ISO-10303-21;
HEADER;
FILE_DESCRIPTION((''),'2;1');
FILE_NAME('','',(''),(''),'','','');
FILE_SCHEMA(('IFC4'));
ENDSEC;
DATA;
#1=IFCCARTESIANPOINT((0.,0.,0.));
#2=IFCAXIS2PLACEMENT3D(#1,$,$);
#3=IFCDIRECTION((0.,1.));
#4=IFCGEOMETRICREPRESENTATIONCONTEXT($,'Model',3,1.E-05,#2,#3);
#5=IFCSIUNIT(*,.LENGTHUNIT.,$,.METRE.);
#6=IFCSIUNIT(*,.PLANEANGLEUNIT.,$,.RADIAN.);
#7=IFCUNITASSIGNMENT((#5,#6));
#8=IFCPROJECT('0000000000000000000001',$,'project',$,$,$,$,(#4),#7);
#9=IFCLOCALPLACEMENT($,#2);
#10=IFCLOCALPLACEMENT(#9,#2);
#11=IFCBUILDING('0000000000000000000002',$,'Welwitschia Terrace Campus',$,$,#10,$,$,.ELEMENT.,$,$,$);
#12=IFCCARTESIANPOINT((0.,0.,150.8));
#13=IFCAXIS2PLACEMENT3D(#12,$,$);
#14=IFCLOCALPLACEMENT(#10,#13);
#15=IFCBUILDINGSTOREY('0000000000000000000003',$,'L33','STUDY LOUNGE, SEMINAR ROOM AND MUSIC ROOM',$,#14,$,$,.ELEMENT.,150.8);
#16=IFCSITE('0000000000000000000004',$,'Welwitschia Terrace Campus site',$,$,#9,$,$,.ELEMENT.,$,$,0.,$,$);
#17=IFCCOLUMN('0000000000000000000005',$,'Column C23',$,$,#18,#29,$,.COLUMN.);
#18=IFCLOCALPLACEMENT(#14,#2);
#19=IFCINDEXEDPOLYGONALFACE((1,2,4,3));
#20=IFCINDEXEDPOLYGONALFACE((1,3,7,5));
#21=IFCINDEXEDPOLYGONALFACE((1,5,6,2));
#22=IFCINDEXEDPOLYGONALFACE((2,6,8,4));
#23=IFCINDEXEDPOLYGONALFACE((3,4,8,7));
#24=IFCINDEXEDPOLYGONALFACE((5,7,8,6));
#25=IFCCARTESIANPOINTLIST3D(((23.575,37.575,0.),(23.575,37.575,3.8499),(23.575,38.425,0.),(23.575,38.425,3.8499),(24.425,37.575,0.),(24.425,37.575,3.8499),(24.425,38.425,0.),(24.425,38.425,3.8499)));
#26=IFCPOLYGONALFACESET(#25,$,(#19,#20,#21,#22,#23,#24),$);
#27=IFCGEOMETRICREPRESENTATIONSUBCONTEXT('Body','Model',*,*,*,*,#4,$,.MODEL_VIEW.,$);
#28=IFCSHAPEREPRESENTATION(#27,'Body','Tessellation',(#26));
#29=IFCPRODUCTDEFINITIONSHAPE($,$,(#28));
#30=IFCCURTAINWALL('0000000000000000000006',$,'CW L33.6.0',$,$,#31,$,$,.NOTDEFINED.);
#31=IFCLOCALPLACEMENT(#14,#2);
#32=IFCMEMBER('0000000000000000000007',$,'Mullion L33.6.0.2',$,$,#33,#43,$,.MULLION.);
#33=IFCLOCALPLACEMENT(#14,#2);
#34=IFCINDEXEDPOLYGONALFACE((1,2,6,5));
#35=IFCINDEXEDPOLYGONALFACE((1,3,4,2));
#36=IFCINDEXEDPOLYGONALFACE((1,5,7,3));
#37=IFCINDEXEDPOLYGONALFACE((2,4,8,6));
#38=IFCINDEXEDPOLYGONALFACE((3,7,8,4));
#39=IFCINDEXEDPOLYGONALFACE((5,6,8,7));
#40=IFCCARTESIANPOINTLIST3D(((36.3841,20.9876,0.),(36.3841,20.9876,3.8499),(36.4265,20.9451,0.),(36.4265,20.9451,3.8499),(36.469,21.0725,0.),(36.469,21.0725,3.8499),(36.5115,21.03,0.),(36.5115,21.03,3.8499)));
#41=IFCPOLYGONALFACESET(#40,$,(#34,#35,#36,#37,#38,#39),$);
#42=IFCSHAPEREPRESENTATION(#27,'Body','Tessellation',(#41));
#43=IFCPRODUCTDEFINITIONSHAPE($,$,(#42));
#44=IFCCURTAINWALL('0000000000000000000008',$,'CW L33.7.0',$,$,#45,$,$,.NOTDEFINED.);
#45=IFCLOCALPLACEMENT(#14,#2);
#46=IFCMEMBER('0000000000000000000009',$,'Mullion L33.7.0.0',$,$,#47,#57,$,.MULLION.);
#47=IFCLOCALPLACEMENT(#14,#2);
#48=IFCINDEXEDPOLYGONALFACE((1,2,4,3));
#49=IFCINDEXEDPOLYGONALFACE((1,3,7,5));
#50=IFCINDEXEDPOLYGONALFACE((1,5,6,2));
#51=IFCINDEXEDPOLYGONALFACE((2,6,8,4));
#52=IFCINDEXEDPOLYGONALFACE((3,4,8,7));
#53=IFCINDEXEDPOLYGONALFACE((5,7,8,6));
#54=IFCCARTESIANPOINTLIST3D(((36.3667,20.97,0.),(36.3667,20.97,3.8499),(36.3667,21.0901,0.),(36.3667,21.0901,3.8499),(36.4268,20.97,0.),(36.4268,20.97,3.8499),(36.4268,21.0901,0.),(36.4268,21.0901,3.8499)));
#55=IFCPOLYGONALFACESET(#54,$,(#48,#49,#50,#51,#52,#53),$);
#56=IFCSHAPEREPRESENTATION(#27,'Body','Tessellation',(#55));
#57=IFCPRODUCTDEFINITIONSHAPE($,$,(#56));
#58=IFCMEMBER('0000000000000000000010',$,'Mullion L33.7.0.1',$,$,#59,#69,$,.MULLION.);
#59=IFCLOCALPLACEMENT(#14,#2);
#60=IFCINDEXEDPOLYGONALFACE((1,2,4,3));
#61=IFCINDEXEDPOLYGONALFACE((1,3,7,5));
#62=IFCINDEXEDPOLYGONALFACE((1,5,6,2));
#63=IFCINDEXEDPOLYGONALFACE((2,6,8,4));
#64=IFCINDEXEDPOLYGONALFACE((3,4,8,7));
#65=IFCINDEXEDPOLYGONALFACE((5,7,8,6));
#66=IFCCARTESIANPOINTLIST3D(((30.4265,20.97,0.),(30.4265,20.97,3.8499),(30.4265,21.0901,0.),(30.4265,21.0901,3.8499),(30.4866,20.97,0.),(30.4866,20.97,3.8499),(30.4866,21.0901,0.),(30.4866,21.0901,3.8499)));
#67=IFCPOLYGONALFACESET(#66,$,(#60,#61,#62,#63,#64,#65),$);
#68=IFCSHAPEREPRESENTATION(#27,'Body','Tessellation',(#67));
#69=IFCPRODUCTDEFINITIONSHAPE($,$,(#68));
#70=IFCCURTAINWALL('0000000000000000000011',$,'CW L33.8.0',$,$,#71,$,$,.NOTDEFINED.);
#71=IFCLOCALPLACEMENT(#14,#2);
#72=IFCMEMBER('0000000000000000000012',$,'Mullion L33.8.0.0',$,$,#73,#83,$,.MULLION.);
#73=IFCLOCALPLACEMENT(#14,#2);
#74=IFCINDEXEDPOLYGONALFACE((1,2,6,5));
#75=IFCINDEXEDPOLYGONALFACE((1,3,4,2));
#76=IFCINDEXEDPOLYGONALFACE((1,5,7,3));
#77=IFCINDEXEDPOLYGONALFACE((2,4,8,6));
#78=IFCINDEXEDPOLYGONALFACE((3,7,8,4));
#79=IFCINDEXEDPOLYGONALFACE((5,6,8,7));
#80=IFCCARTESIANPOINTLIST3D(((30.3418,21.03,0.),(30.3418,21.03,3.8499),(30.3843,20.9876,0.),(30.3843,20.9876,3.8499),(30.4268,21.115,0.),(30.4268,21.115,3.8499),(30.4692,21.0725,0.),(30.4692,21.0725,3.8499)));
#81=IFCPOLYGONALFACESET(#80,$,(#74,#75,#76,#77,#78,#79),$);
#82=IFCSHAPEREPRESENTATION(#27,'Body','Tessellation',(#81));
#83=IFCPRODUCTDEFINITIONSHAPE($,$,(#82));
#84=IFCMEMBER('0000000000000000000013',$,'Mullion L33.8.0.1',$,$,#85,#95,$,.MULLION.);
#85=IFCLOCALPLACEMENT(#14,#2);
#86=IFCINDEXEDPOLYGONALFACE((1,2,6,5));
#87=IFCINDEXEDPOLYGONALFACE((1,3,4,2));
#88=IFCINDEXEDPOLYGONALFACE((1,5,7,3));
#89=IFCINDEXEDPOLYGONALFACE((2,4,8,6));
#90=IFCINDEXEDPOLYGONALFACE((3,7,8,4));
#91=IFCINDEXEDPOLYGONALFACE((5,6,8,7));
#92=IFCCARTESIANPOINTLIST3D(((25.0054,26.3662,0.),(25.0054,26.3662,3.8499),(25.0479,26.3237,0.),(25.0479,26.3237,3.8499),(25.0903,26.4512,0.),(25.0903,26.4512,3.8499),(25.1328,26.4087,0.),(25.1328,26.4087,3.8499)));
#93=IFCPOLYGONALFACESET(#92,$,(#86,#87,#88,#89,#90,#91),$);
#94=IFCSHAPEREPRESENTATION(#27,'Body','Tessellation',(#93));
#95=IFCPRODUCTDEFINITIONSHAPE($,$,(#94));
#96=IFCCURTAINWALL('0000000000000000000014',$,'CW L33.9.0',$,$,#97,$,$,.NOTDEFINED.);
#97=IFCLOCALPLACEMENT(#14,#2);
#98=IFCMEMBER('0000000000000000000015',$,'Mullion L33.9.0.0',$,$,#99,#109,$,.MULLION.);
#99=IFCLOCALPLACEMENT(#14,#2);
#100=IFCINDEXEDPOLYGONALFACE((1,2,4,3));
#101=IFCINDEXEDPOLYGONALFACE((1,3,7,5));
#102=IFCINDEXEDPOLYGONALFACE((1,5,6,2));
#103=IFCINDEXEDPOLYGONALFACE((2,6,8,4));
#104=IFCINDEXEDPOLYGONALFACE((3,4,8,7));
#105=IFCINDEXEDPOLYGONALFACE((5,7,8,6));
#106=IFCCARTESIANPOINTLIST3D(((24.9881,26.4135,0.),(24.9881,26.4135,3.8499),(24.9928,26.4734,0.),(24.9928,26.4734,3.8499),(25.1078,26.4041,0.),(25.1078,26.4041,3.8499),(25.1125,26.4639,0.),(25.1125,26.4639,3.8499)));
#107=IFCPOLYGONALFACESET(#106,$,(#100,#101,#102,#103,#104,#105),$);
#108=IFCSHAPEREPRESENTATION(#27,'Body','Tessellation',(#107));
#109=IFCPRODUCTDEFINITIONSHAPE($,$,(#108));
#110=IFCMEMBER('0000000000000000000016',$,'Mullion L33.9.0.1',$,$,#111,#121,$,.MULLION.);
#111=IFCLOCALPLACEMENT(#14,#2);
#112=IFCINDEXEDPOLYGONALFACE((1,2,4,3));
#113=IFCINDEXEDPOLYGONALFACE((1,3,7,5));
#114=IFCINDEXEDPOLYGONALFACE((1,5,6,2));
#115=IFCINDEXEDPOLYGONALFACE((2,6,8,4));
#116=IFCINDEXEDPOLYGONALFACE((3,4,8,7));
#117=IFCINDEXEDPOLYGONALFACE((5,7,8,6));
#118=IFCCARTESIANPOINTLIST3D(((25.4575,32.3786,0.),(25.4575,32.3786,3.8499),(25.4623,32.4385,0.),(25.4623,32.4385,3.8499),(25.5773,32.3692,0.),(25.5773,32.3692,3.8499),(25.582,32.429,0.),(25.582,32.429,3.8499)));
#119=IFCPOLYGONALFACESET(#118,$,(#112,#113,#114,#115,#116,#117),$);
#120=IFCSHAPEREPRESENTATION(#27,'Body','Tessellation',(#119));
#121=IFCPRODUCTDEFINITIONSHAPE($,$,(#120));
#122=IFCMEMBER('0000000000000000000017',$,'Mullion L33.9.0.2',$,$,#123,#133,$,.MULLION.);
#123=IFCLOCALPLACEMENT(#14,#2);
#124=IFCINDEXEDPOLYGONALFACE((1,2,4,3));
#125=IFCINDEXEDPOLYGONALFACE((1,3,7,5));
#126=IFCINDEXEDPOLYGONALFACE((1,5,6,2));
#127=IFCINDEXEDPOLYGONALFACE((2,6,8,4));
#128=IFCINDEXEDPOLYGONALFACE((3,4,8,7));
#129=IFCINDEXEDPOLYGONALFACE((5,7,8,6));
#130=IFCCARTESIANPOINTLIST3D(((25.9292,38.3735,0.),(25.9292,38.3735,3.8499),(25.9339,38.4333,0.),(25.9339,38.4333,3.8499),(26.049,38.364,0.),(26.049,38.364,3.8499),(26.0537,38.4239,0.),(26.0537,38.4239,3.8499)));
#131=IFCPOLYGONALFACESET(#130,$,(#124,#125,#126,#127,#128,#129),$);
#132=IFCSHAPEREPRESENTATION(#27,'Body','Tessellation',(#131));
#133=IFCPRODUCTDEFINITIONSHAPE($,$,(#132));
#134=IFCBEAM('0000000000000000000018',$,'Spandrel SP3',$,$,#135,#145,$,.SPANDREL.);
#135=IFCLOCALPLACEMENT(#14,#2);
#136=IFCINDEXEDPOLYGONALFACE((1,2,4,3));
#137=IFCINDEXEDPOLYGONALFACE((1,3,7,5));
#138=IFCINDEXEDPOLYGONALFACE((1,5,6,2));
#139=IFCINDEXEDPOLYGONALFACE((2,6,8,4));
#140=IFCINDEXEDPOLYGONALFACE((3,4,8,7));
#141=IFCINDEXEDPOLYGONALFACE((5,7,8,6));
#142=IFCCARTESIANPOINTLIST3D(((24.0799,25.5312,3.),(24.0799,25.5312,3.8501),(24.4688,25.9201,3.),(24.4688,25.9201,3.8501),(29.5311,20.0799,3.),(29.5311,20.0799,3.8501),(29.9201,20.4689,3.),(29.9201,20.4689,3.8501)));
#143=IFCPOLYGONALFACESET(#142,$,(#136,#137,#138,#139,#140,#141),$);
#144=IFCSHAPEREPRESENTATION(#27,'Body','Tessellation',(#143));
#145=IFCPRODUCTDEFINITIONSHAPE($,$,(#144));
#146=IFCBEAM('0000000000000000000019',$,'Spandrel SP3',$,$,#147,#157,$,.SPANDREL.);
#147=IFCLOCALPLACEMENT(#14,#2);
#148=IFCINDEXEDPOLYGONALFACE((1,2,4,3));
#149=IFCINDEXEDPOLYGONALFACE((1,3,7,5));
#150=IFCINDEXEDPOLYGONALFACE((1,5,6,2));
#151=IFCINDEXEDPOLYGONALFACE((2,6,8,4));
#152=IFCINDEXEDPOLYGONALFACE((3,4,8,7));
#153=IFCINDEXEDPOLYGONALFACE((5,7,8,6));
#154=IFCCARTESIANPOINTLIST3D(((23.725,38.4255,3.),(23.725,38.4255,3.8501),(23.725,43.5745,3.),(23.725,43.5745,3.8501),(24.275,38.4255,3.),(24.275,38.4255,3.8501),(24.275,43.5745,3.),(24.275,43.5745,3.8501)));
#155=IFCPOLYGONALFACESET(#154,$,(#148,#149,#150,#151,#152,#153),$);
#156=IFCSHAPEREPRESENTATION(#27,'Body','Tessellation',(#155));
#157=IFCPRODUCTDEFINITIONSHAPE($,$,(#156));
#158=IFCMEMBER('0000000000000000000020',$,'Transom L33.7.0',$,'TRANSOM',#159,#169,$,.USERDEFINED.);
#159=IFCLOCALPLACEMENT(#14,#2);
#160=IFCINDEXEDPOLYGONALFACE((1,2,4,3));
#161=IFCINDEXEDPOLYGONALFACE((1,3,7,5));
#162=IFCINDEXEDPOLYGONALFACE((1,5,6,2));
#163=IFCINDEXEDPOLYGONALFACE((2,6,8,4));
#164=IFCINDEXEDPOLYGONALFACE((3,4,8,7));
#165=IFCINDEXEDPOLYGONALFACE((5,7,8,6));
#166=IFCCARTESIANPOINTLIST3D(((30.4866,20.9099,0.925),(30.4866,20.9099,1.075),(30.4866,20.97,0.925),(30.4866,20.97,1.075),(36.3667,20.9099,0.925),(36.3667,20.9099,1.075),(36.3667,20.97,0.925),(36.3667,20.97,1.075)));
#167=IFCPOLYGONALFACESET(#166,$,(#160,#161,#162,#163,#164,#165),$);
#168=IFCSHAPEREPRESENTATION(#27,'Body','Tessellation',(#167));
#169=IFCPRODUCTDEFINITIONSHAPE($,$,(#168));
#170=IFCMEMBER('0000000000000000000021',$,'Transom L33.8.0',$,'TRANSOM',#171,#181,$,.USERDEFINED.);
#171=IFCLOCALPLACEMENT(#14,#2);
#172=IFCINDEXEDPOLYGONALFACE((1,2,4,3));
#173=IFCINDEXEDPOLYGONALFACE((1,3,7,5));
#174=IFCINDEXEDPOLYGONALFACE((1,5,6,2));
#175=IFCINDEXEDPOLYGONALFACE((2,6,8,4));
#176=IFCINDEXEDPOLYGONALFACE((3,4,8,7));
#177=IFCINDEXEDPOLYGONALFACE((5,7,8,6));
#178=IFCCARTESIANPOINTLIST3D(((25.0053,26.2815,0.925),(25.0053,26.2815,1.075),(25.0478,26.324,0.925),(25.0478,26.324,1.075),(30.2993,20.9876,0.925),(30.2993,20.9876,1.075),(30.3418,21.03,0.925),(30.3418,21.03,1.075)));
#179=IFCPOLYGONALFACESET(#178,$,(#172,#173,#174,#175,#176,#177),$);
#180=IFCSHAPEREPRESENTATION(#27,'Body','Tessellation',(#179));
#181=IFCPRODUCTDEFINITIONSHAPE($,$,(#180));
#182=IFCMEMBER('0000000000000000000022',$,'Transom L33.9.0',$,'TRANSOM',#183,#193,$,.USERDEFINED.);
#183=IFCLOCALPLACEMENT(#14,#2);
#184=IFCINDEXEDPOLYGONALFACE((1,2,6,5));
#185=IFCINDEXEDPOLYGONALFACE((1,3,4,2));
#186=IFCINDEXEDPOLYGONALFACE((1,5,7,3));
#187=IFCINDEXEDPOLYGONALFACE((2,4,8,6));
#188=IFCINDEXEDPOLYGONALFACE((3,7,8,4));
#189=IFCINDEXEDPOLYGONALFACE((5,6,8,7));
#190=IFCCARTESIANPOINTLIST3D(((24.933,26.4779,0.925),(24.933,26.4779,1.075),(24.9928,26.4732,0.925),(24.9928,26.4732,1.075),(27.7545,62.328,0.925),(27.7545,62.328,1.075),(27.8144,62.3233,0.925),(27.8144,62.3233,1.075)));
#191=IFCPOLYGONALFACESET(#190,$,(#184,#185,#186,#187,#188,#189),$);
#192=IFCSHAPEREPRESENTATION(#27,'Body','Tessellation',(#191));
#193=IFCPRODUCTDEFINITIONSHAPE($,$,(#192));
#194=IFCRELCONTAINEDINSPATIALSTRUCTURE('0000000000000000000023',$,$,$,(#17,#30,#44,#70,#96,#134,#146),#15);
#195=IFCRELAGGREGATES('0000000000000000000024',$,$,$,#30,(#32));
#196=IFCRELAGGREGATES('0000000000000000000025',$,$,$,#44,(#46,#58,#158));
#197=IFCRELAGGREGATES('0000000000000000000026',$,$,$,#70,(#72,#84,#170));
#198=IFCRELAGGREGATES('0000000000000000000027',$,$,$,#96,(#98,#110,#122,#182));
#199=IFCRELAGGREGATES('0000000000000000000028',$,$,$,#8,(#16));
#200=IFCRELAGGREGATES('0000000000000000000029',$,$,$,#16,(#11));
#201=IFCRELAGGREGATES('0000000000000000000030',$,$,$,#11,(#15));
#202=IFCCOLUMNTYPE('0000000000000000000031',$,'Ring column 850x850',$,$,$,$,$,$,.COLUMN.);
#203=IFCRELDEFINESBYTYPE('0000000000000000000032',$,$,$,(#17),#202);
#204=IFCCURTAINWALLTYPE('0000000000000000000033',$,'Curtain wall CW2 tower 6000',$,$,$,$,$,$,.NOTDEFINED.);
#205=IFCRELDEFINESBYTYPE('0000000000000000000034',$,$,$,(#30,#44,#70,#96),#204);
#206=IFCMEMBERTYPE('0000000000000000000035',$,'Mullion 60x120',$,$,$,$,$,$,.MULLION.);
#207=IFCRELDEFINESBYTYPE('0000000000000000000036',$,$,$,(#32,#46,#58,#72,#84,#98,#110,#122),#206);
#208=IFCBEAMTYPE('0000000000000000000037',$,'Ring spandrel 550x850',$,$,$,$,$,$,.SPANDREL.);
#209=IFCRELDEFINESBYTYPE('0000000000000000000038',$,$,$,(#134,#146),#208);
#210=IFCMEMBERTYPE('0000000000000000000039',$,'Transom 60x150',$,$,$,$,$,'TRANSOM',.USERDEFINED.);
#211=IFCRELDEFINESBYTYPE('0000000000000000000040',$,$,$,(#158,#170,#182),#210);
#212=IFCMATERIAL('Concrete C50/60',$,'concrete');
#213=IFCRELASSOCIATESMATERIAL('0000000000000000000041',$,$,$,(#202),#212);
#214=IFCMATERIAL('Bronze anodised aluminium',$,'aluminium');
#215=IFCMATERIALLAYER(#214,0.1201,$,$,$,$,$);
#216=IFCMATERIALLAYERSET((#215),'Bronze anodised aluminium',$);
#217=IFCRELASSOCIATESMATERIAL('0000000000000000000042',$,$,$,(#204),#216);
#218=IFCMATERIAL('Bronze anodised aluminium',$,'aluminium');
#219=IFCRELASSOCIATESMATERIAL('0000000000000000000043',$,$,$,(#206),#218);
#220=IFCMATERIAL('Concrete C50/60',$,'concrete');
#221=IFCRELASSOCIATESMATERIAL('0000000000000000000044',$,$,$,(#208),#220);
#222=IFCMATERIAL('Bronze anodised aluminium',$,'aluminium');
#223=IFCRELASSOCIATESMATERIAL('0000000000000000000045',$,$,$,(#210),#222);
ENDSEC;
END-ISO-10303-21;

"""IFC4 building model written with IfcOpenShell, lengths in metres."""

from ifc_helpers import new_model, si_unit, direction, frame, origin, origin_2d, place, context, subcontext, project, spatial, rectangle, extrude, material, layer, layer_set, material_profile, profile_set, type_object, element, aggregate, save


model = new_model("IFC4")

# Units and contexts
model_context = context("Model", 3, precision=1e-05, world=origin(), true_north=direction((0.0, 1.0)))
body_context = subcontext(model_context, "Body", "Model", "MODEL_VIEW")
ifc_project = project(units=[si_unit("LENGTHUNIT", "METRE"), si_unit("PLANEANGLEUNIT", "RADIAN")], contexts=[model_context])

# Site, building, storey
site_placement = place(None, origin())
site = spatial("IfcSite", under=ifc_project, at=site_placement, Name="Welwitschia Terrace Campus site", CompositionType="ELEMENT", RefElevation=0.0)
building_placement = place(site_placement, origin())
building = spatial("IfcBuilding", under=site, at=building_placement, Name="Welwitschia Terrace Campus", CompositionType="ELEMENT")
storey_placement = place(building_placement, frame((0.0, 0.0, 150.8)))
storey = spatial("IfcBuildingStorey", under=building, at=storey_placement, Name="L33", Description="STUDY LOUNGE, SEMINAR ROOM AND MUSIC ROOM", CompositionType="ELEMENT", Elevation=150.8)

# Column
ifc_material_1 = material(Name="Concrete C50/60", Category="concrete")
ifc_material_profile_1 = material_profile(ifc_material_1, rectangle(XDim=0.8501, YDim=0.8501, at=origin_2d()))
ifc_profile_set_1 = profile_set([ifc_material_profile_1], Name="Concrete C50/60")
column_type = type_object("IfcColumnType", Name="Ring column 850x850", PredefinedType="COLUMN", material=ifc_profile_set_1)
column_placement = place(storey_placement, frame((24.0, 38.0, 0.0), z_axis=(0.0, 0.0, 1.0), x_axis=(1.0, 0.0, 0.0)))
element("IfcColumn", 1, at=column_placement, inside=storey, type_object=column_type, Name="Column C23", PredefinedType="COLUMN", context=body_context, shape_type="SweptSolid", body=[
    extrude(rectangle(XDim=0.8501, YDim=0.8501, at=origin_2d()), origin(), (0.0, 0.0, 1.0), 3.8499),
])

# Curtain wall, member
ifc_material_2 = material(Name="Bronze anodised aluminium", Category="aluminium")
ifc_layer_1 = layer(ifc_material_2, 0.1201)
ifc_layer_set_1 = layer_set([ifc_layer_1], Name="Bronze anodised aluminium")
curtain_wall_type = type_object("IfcCurtainWallType", Name="Curtain wall CW2 tower 6000", PredefinedType="NOTDEFINED", material=ifc_layer_set_1)
curtain_wall_1_placement = place(storey_placement, origin())
curtain_wall_1 = element("IfcCurtainWall", 2, at=curtain_wall_1_placement, inside=storey, type_object=curtain_wall_type, Name="CW L33.6.0", PredefinedType="NOTDEFINED")
ifc_material_3 = material(Name="Bronze anodised aluminium", Category="aluminium")
ifc_material_profile_2 = material_profile(ifc_material_3, rectangle(XDim=0.1201, YDim=0.0601, at=origin_2d()))
ifc_profile_set_2 = profile_set([ifc_material_profile_2], Name="Bronze anodised aluminium")
member_type_1 = type_object("IfcMemberType", Name="Mullion 60x120", PredefinedType="MULLION", material=ifc_profile_set_2)
member_1_placement = place(storey_placement, frame((36.4478, 21.0088, 0.0), z_axis=(0.0, 0.0, 1.0), x_axis=(-0.707107, -0.707107, 0.0)))
member_1 = element("IfcMember", 3, at=member_1_placement, type_object=member_type_1, Name="Mullion L33.6.0.2", PredefinedType="MULLION", context=body_context, shape_type="SweptSolid", body=[
    extrude(rectangle(XDim=0.1201, YDim=0.0601, at=origin_2d()), origin(), (0.0, 0.0, 1.0), 3.8499),
])
aggregate(curtain_wall_1, [member_1])

# Curtain walls, members
curtain_wall_2_placement = place(storey_placement, origin())
curtain_wall_2 = element("IfcCurtainWall", 4, at=curtain_wall_2_placement, inside=storey, type_object=curtain_wall_type, Name="CW L33.7.0", PredefinedType="NOTDEFINED")
member_2_placement = place(storey_placement, frame((36.3967, 21.03, 0.0), z_axis=(0.0, 0.0, 1.0), x_axis=(0.0, -1.0, 0.0)))
member_2 = element("IfcMember", 5, at=member_2_placement, type_object=member_type_1, Name="Mullion L33.7.0.0", PredefinedType="MULLION", context=body_context, shape_type="SweptSolid", body=[
    extrude(rectangle(XDim=0.1201, YDim=0.0601, at=origin_2d()), origin(), (0.0, 0.0, 1.0), 3.8499),
])
member_3_placement = place(storey_placement, frame((30.4565, 21.03, 0.0), z_axis=(0.0, 0.0, 1.0), x_axis=(0.0, -1.0, 0.0)))
member_3 = element("IfcMember", 6, at=member_3_placement, type_object=member_type_1, Name="Mullion L33.7.0.1", PredefinedType="MULLION", context=body_context, shape_type="SweptSolid", body=[
    extrude(rectangle(XDim=0.1201, YDim=0.0601, at=origin_2d()), origin(), (0.0, 0.0, 1.0), 3.8499),
])
curtain_wall_3_placement = place(storey_placement, origin())
curtain_wall_3 = element("IfcCurtainWall", 7, at=curtain_wall_3_placement, inside=storey, type_object=curtain_wall_type, Name="CW L33.8.0", PredefinedType="NOTDEFINED")
member_4_placement = place(storey_placement, frame((30.4055, 21.0513, 0.0), z_axis=(0.0, 0.0, 1.0), x_axis=(-0.707107, -0.707107, 0.0)))
member_4 = element("IfcMember", 8, at=member_4_placement, type_object=member_type_1, Name="Mullion L33.8.0.0", PredefinedType="MULLION", context=body_context, shape_type="SweptSolid", body=[
    extrude(rectangle(XDim=0.1201, YDim=0.0601, at=origin_2d()), origin(), (0.0, 0.0, 1.0), 3.8499),
])
member_5_placement = place(storey_placement, frame((25.0691, 26.3875, 0.0), z_axis=(0.0, 0.0, 1.0), x_axis=(-0.707107, -0.707107, 0.0)))
member_5 = element("IfcMember", 9, at=member_5_placement, type_object=member_type_1, Name="Mullion L33.8.0.1", PredefinedType="MULLION", context=body_context, shape_type="SweptSolid", body=[
    extrude(rectangle(XDim=0.1201, YDim=0.0601, at=origin_2d()), origin(), (0.0, 0.0, 1.0), 3.8499),
])
curtain_wall_4_placement = place(storey_placement, origin())
curtain_wall_4 = element("IfcCurtainWall", 10, at=curtain_wall_4_placement, inside=storey, type_object=curtain_wall_type, Name="CW L33.9.0", PredefinedType="NOTDEFINED")
member_6_placement = place(storey_placement, frame((25.0503, 26.4387, 0.0), z_axis=(0.0, 0.0, 1.0), x_axis=(-0.996917, 0.078459, 0.0)))
member_6 = element("IfcMember", 11, at=member_6_placement, type_object=member_type_1, Name="Mullion L33.9.0.0", PredefinedType="MULLION", context=body_context, shape_type="SweptSolid", body=[
    extrude(rectangle(XDim=0.1201, YDim=0.0601, at=origin_2d()), origin(), (0.0, 0.0, 1.0), 3.8499),
])
member_7_placement = place(storey_placement, frame((25.5198, 32.4038, 0.0), z_axis=(0.0, 0.0, 1.0), x_axis=(-0.996917, 0.078459, 0.0)))
member_7 = element("IfcMember", 12, at=member_7_placement, type_object=member_type_1, Name="Mullion L33.9.0.1", PredefinedType="MULLION", context=body_context, shape_type="SweptSolid", body=[
    extrude(rectangle(XDim=0.1201, YDim=0.0601, at=origin_2d()), origin(), (0.0, 0.0, 1.0), 3.8499),
])
member_8_placement = place(storey_placement, frame((25.9915, 38.3987, 0.0), z_axis=(0.0, 0.0, 1.0), x_axis=(-0.996917, 0.078459, 0.0)))
member_8 = element("IfcMember", 13, at=member_8_placement, type_object=member_type_1, Name="Mullion L33.9.0.2", PredefinedType="MULLION", context=body_context, shape_type="SweptSolid", body=[
    extrude(rectangle(XDim=0.1201, YDim=0.0601, at=origin_2d()), origin(), (0.0, 0.0, 1.0), 3.8499),
])

# Beams
ifc_material_4 = material(Name="Concrete C50/60", Category="concrete")
ifc_material_profile_3 = material_profile(ifc_material_4, rectangle(XDim=0.55, YDim=0.8501, at=origin_2d()))
ifc_profile_set_3 = profile_set([ifc_material_profile_3], Name="Concrete C50/60")
beam_type = type_object("IfcBeamType", Name="Ring spandrel 550x850", PredefinedType="SPANDREL", material=ifc_profile_set_3)
beam_1_placement = place(storey_placement, frame((29.7256, 20.2744, 3.425), z_axis=(-0.707107, 0.707107, 0.0), x_axis=(-0.707107, -0.707107, 0.0)))
element("IfcBeam", 14, at=beam_1_placement, inside=storey, type_object=beam_type, Name="Spandrel SP3", PredefinedType="SPANDREL", context=body_context, shape_type="SweptSolid", body=[
    extrude(rectangle(XDim=0.55, YDim=0.8501, at=origin_2d()), origin(), (0.0, 0.0, 1.0), 7.7092),
])
beam_2_placement = place(storey_placement, frame((24.0, 38.4255, 3.425), z_axis=(0.0, 1.0, 0.0), x_axis=(-1.0, 0.0, 0.0)))
element("IfcBeam", 15, at=beam_2_placement, inside=storey, type_object=beam_type, Name="Spandrel SP3", PredefinedType="SPANDREL", context=body_context, shape_type="SweptSolid", body=[
    extrude(rectangle(XDim=0.55, YDim=0.8501, at=origin_2d()), origin(), (0.0, 0.0, 1.0), 5.1489),
])

# Members
ifc_material_5 = material(Name="Bronze anodised aluminium", Category="aluminium")
ifc_material_profile_4 = material_profile(ifc_material_5, rectangle(XDim=0.0601, YDim=0.1499, at=origin_2d()))
ifc_profile_set_4 = profile_set([ifc_material_profile_4], Name="Bronze anodised aluminium")
member_type_2 = type_object("IfcMemberType", Name="Transom 60x150", ElementType="TRANSOM", PredefinedType="USERDEFINED", material=ifc_profile_set_4)
member_9_placement = place(storey_placement, frame((36.3667, 20.9399, 1.0), z_axis=(-1.0, 0.0, 0.0), x_axis=(0.0, -1.0, 0.0)))
member_9 = element("IfcMember", 16, at=member_9_placement, type_object=member_type_2, Name="Transom L33.7.0", ObjectType="TRANSOM", PredefinedType="USERDEFINED", context=body_context, shape_type="SweptSolid", body=[
    extrude(rectangle(XDim=0.0601, YDim=0.1499, at=origin_2d()), origin(), (0.0, 0.0, 1.0), 5.8801),
])
member_10_placement = place(storey_placement, frame((30.3206, 21.0088, 1.0), z_axis=(-0.707107, 0.707107, 0.0), x_axis=(-0.707107, -0.707107, 0.0)))
member_10 = element("IfcMember", 17, at=member_10_placement, type_object=member_type_2, Name="Transom L33.8.0", ObjectType="TRANSOM", PredefinedType="USERDEFINED", context=body_context, shape_type="SweptSolid", body=[
    extrude(rectangle(XDim=0.0601, YDim=0.1499, at=origin_2d()), origin(), (0.0, 0.0, 1.0), 7.4868),
])
member_11_placement = place(storey_placement, frame((24.9629, 26.4756, 1.0), z_axis=(0.078461, 0.996917, 0.0), x_axis=(-0.996917, 0.078461, 0.0)))
member_11 = element("IfcMember", 18, at=member_11_placement, type_object=member_type_2, Name="Transom L33.9.0", ObjectType="TRANSOM", PredefinedType="USERDEFINED", context=body_context, shape_type="SweptSolid", body=[
    extrude(rectangle(XDim=0.0601, YDim=0.1499, at=origin_2d()), origin(), (0.0, 0.0, 1.0), 35.9609),
])

aggregate(curtain_wall_2, [member_2, member_3, member_9])
aggregate(curtain_wall_3, [member_4, member_5, member_10])
aggregate(curtain_wall_4, [member_6, member_7, member_8, member_11])

save(model, "model.ifc")
